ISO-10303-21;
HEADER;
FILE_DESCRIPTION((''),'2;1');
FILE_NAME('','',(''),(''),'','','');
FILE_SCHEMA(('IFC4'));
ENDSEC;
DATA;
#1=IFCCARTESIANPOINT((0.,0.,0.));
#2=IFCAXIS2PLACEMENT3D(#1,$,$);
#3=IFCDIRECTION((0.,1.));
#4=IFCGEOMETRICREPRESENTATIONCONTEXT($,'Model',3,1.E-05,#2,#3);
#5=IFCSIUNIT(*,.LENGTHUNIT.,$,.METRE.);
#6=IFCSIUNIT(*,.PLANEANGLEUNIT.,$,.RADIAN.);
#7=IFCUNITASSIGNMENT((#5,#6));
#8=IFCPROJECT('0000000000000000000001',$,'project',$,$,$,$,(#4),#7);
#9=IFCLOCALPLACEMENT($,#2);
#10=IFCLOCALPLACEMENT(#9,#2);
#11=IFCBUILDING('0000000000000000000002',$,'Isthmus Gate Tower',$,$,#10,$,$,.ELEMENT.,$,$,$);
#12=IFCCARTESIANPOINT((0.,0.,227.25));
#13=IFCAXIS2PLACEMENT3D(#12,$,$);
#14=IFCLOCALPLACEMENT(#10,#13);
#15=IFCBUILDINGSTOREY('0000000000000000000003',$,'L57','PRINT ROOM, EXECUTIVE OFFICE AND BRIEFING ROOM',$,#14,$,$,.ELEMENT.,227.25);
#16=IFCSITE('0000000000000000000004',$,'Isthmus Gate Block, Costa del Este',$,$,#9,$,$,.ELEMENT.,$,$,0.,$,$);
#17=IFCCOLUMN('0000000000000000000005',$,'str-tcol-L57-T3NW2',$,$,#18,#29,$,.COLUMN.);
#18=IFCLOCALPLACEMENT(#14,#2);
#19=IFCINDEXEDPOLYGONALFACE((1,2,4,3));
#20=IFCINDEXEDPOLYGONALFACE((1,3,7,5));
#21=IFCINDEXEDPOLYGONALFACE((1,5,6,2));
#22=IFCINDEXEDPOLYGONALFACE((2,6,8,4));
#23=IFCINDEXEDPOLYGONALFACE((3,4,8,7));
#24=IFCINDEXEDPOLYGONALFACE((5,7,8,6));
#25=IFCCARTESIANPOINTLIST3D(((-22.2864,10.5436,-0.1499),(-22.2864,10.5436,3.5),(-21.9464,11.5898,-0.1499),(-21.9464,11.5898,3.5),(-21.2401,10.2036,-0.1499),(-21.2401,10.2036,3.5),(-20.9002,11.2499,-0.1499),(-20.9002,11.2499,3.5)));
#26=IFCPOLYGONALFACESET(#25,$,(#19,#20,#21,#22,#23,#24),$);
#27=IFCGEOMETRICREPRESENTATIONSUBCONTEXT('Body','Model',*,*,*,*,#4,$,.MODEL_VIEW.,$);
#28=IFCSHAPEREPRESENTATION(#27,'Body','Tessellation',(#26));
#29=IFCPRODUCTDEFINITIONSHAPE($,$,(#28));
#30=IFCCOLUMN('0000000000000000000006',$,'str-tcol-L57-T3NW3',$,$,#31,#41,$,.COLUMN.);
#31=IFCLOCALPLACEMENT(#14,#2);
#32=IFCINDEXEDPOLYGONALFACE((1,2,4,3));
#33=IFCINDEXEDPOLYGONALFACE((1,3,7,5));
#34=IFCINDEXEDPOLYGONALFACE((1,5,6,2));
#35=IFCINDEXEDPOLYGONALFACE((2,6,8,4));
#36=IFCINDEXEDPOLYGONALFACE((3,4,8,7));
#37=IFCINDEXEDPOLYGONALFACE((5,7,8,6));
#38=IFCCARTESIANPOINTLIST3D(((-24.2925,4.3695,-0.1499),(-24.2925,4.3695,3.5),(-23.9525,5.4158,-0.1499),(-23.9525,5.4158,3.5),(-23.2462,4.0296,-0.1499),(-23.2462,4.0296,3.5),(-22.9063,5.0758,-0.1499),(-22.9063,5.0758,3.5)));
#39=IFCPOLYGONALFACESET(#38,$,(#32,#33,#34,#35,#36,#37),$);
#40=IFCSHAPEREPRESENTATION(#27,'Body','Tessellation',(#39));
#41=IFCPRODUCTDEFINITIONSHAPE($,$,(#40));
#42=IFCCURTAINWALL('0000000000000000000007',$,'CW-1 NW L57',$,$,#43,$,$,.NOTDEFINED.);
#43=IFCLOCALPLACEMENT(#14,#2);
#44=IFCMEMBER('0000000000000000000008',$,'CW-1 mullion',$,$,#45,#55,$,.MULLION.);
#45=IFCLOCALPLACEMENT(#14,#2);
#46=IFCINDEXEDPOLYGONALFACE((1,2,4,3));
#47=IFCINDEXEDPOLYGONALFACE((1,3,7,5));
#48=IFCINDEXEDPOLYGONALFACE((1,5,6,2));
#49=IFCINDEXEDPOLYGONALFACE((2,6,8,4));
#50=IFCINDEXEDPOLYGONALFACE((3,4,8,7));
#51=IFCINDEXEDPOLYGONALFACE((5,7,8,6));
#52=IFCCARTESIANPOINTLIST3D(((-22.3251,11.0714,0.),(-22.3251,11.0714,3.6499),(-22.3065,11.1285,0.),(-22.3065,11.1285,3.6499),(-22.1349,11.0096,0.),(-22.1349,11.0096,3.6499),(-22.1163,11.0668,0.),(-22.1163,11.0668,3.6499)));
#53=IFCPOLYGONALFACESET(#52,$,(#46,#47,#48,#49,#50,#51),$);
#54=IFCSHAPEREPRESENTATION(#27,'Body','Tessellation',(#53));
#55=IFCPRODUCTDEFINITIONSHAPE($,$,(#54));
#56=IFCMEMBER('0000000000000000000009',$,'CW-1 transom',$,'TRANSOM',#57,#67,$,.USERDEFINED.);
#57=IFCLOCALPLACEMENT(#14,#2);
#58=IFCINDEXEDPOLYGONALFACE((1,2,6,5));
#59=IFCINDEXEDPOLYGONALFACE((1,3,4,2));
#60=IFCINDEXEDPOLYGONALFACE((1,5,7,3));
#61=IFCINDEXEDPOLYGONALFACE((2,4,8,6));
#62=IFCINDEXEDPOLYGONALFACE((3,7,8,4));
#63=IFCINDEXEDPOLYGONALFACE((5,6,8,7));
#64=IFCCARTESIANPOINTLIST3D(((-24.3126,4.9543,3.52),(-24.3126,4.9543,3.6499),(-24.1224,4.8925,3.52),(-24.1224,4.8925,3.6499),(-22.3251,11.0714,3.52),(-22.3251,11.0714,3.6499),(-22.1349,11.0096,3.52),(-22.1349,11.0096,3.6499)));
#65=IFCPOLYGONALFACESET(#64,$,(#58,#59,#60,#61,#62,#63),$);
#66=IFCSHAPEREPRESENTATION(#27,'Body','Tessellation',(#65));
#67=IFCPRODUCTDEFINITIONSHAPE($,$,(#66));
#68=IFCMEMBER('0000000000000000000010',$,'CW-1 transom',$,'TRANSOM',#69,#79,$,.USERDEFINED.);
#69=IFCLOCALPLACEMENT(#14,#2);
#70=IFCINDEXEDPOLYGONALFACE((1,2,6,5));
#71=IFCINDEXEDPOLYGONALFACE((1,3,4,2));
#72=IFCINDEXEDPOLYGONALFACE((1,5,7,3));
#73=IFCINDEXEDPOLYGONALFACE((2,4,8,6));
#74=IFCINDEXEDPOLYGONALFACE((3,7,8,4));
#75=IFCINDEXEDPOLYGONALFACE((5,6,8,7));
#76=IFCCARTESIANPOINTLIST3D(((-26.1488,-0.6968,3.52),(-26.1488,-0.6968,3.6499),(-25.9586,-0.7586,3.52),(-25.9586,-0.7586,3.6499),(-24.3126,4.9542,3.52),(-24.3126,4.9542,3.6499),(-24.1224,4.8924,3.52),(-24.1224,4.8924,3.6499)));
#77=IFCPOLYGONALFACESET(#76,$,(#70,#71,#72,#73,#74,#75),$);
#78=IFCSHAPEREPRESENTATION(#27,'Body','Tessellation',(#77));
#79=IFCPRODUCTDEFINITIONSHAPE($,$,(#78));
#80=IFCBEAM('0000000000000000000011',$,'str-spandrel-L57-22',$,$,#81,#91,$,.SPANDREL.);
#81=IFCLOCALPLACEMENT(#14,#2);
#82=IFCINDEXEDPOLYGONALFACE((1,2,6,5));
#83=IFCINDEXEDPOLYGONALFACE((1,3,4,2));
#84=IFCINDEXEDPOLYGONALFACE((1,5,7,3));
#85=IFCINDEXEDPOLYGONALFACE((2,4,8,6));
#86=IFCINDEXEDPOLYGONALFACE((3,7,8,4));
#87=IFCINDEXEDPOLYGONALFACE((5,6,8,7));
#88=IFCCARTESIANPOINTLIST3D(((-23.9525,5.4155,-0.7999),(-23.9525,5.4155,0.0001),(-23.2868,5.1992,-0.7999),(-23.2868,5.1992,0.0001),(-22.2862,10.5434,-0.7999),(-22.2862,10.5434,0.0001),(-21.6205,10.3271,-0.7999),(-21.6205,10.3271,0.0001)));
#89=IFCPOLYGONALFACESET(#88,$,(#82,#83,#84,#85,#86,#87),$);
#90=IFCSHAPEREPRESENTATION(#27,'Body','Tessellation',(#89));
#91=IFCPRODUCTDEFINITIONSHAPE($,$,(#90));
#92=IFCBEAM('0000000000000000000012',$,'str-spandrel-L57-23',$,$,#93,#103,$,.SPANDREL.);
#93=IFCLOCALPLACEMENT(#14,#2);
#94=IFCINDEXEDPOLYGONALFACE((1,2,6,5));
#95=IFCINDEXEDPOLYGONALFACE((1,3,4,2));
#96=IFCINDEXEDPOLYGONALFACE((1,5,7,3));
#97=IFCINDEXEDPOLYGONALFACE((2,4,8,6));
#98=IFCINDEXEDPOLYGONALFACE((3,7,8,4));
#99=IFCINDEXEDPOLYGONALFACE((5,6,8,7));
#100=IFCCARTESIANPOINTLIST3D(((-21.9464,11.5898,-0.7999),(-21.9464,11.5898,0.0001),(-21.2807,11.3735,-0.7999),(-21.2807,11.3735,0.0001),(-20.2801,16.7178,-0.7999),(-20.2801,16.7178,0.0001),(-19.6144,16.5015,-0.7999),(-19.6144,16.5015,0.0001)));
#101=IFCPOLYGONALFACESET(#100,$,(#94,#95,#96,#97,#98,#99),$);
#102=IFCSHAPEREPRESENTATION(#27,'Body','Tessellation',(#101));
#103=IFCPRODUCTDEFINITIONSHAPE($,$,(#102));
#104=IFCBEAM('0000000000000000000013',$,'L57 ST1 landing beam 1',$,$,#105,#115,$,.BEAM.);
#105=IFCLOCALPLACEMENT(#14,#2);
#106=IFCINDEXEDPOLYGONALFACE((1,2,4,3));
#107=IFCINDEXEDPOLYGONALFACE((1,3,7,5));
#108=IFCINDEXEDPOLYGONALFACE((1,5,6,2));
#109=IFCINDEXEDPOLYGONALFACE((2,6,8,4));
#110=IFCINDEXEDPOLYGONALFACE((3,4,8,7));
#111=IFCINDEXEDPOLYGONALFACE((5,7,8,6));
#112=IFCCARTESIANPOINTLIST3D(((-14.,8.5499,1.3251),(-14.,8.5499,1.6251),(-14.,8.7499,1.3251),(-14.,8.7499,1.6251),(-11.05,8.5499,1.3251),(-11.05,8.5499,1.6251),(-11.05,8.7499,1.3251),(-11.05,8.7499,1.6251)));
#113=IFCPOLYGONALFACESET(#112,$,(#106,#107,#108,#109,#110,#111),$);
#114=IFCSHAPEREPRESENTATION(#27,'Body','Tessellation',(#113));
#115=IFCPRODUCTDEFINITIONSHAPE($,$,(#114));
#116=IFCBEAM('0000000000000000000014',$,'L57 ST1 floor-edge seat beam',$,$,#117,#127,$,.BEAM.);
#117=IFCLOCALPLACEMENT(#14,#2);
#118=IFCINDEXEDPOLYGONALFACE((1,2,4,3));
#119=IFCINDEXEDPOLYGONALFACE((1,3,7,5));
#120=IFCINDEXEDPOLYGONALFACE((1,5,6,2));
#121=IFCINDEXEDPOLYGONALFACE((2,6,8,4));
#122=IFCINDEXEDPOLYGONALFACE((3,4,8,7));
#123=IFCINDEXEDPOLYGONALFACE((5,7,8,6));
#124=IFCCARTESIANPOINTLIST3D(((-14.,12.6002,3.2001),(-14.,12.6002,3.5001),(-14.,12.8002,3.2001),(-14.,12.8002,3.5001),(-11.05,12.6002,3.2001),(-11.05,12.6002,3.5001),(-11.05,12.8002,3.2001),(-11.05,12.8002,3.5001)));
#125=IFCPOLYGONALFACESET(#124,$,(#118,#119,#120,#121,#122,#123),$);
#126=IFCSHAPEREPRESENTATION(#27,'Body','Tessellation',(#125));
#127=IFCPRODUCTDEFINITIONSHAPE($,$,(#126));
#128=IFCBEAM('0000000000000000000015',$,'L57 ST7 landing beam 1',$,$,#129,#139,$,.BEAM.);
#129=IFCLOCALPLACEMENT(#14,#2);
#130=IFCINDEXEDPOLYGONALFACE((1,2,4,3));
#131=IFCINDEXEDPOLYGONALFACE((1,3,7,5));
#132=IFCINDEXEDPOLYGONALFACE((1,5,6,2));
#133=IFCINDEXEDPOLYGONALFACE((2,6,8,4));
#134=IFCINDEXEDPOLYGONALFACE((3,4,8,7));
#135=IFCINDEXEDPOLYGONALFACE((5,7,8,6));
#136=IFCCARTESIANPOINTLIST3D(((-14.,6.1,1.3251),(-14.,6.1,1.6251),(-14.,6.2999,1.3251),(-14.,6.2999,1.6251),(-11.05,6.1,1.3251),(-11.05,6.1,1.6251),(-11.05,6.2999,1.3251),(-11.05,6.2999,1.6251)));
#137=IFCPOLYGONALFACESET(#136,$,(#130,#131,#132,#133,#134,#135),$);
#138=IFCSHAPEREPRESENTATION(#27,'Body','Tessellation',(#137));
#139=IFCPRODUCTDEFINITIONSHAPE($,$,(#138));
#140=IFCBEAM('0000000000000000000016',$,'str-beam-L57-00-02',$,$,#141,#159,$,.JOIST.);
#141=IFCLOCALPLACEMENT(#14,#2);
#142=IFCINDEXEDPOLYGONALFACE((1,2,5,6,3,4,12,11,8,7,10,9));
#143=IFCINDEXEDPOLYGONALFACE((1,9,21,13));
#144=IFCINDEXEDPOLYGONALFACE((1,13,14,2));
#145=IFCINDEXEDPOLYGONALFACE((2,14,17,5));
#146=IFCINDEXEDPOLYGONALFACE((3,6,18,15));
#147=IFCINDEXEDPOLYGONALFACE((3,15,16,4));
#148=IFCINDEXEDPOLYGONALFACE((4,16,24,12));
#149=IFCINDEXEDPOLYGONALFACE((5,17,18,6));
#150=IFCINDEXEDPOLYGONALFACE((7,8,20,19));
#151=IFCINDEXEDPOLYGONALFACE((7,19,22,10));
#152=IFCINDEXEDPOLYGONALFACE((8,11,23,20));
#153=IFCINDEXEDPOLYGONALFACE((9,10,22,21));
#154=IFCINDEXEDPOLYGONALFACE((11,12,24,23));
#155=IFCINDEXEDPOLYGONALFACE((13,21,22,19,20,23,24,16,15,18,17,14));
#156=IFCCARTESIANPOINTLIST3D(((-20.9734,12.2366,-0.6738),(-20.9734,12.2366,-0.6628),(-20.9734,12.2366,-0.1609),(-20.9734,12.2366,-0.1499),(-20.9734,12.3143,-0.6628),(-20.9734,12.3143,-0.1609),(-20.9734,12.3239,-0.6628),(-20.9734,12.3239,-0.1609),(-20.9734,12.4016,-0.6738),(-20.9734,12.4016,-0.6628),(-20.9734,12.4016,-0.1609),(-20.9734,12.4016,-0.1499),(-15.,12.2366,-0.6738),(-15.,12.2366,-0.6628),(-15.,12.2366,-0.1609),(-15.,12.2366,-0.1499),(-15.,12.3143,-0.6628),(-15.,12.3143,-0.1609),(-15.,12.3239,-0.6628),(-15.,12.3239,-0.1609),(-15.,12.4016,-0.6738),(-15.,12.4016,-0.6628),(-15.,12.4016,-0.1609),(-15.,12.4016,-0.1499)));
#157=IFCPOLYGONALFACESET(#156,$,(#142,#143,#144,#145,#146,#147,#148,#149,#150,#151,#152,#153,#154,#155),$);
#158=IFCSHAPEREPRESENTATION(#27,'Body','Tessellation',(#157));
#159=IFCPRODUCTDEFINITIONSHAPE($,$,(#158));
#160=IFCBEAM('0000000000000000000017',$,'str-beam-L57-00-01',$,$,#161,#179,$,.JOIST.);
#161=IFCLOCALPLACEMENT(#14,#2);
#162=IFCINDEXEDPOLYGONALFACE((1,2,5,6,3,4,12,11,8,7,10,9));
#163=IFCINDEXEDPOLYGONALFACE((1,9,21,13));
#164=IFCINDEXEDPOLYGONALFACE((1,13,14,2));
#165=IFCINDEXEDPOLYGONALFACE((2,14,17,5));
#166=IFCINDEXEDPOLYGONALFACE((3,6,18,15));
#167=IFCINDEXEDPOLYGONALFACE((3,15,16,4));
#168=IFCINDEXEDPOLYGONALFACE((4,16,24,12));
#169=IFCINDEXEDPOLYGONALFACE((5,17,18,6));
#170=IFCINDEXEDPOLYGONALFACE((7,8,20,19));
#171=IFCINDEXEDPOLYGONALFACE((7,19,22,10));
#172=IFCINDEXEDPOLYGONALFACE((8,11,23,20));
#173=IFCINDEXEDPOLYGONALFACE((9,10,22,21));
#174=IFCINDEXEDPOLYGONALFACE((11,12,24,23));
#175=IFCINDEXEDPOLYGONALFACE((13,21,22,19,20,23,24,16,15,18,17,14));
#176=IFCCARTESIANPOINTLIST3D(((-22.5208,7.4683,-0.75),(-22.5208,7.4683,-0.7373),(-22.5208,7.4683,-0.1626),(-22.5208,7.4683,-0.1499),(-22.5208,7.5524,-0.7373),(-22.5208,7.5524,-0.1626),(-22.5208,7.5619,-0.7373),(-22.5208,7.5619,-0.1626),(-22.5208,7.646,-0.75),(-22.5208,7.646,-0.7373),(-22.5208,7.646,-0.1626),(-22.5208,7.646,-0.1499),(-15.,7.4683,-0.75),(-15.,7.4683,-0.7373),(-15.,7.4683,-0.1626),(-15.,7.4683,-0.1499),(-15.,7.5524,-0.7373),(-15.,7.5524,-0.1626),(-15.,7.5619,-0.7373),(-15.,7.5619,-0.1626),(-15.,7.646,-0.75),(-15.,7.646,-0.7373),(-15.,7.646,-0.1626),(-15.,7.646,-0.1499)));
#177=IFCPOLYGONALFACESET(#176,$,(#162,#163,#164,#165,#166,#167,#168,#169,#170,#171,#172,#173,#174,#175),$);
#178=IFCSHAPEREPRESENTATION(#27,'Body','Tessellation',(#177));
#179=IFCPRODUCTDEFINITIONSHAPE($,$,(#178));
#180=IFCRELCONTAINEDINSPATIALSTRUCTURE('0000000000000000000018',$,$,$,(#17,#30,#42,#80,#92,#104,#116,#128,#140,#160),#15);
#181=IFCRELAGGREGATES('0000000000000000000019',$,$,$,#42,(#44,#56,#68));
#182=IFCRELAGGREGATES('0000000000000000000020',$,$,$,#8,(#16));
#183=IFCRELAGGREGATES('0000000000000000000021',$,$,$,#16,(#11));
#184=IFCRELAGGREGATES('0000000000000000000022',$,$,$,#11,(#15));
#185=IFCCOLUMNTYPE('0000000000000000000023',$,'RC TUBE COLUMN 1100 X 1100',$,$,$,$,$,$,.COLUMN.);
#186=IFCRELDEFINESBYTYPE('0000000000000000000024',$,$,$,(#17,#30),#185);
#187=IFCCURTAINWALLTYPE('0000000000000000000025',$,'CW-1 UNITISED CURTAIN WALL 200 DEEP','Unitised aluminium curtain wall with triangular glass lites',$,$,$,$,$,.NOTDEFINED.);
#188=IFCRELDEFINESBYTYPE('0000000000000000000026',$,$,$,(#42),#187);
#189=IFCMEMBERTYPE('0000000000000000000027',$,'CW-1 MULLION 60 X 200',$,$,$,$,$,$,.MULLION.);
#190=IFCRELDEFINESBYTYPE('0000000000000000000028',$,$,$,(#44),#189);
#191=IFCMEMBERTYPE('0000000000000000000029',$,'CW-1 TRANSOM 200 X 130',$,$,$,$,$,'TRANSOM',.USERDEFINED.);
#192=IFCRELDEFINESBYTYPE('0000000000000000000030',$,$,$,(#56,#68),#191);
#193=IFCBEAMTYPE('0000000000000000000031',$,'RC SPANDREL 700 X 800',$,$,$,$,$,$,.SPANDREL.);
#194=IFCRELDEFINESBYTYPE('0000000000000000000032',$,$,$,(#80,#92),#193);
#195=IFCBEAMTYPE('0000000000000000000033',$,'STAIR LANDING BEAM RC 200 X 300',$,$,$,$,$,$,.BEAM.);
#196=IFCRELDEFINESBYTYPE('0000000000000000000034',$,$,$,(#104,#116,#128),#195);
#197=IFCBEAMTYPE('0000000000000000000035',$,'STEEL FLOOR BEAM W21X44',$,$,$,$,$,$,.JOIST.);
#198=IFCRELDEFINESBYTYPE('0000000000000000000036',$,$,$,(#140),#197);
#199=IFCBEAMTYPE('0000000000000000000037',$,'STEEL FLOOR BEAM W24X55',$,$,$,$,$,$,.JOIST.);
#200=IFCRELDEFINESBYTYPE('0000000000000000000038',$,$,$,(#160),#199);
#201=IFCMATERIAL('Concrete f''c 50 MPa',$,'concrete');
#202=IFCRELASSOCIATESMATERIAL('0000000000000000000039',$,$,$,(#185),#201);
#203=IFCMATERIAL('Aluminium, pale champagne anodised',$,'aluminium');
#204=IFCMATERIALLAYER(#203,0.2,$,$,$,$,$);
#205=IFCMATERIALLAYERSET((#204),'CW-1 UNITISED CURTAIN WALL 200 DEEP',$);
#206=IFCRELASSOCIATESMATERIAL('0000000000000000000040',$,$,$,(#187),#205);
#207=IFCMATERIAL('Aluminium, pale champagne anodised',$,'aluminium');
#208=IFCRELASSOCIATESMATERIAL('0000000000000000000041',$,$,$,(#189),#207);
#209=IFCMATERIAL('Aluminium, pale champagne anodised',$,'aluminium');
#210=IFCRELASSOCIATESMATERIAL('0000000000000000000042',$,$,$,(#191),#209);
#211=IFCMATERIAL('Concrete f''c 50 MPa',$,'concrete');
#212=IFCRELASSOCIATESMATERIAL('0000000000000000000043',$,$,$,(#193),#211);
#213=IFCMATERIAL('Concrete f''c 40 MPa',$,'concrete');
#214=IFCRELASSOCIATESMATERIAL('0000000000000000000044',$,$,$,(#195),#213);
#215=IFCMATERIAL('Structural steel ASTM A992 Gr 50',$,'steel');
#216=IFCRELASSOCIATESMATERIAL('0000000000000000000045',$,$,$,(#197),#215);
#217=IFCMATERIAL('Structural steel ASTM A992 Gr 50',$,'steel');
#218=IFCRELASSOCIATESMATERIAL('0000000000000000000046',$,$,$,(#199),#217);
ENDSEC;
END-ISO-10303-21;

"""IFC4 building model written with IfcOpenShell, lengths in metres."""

from ifc_helpers import new_model, si_unit, direction, frame, origin, origin_2d, place, context, subcontext, project, spatial, rectangle, i_section, extrude, material, layer, layer_set, material_profile, profile_set, type_object, element, aggregate, save


model = new_model("IFC4")

# Units and contexts
model_context = context("Model", 3, precision=1e-05, world=origin(), true_north=direction((0.0, 1.0)))
body_context = subcontext(model_context, "Body", "Model", "MODEL_VIEW")
ifc_project = project(units=[si_unit("LENGTHUNIT", "METRE"), si_unit("PLANEANGLEUNIT", "RADIAN")], contexts=[model_context])

# Site, building, storey
site_placement = place(None, origin())
site = spatial("IfcSite", under=ifc_project, at=site_placement, Name="Isthmus Gate Block, Costa del Este", CompositionType="ELEMENT", RefElevation=0.0)
building_placement = place(site_placement, origin())
building = spatial("IfcBuilding", under=site, at=building_placement, Name="Isthmus Gate Tower", CompositionType="ELEMENT")
storey_placement = place(building_placement, frame((0.0, 0.0, 227.25)))
storey = spatial("IfcBuildingStorey", under=building, at=storey_placement, Name="L57", Description="PRINT ROOM, EXECUTIVE OFFICE AND BRIEFING ROOM", CompositionType="ELEMENT", Elevation=227.25)

# Columns
ifc_material_1 = material(Name="Concrete f'c 50 MPa", Category="concrete")
ifc_material_profile_1 = material_profile(ifc_material_1, rectangle(XDim=1.1001, YDim=1.1001, at=origin_2d()), Name="RC 1100X1100")
ifc_profile_set_1 = profile_set([ifc_material_profile_1], Name="Concrete f'c 50 MPa")
column_type = type_object("IfcColumnType", Name="RC TUBE COLUMN 1100 X 1100", PredefinedType="COLUMN", material=ifc_profile_set_1)
for number, where, z_axis, x_axis, name in (
    (1, (-21.5933, 10.8967, -0.1499), (0.0, 0.0, 1.0), (-0.309017, -0.951057, 0.0), "str-tcol-L57-T3NW2"),
    (2, (-23.5994, 4.7227, -0.1499), (0.0, 0.0, 1.0), (-0.309017, -0.951057, 0.0), "str-tcol-L57-T3NW3"),
):
    element("IfcColumn", number, at=place(storey_placement, frame(where, z_axis=z_axis, x_axis=x_axis)), inside=storey, type_object=column_type, Name=name, PredefinedType="COLUMN", context=body_context, shape_type="SweptSolid", body=[
        extrude(rectangle(XDim=1.1001, YDim=1.1001, at=origin_2d()), origin(), (0.0, 0.0, 1.0), 3.6499),
    ])

# Curtain wall, members
ifc_material_2 = material(Name="Aluminium, pale champagne anodised", Category="aluminium")
ifc_layer_1 = layer(ifc_material_2, 0.2)
ifc_layer_set_1 = layer_set([ifc_layer_1], Name="CW-1 UNITISED CURTAIN WALL 200 DEEP")
curtain_wall_type = type_object("IfcCurtainWallType", Name="CW-1 UNITISED CURTAIN WALL 200 DEEP", Description="Unitised aluminium curtain wall with triangular glass lites", PredefinedType="NOTDEFINED", material=ifc_layer_set_1)
curtain_wall_placement = place(storey_placement, origin())
curtain_wall = element("IfcCurtainWall", 3, at=curtain_wall_placement, inside=storey, type_object=curtain_wall_type, Name="CW-1 NW L57", PredefinedType="NOTDEFINED")
ifc_material_3 = material(Name="Aluminium, pale champagne anodised", Category="aluminium")
ifc_material_profile_2 = material_profile(ifc_material_3, rectangle(XDim=0.0601, YDim=0.2, at=origin_2d()), Name="60x200")
ifc_profile_set_2 = profile_set([ifc_material_profile_2], Name="Aluminium, pale champagne anodised")
member_type_1 = type_object("IfcMemberType", Name="CW-1 MULLION 60 X 200", PredefinedType="MULLION", material=ifc_profile_set_2)
member_1_placement = place(storey_placement, frame((-22.2207, 11.0691, 0.0), z_axis=(0.0, 0.0, 1.0), x_axis=(-0.309017, -0.951057, 0.0)))
member_1 = element("IfcMember", 4, at=member_1_placement, type_object=member_type_1, Name="CW-1 mullion", PredefinedType="MULLION", context=body_context, shape_type="SweptSolid", body=[
    extrude(rectangle(XDim=0.0601, YDim=0.2, at=origin_2d()), origin(), (0.0, 0.0, 1.0), 3.6499),
])
ifc_material_4 = material(Name="Aluminium, pale champagne anodised", Category="aluminium")
ifc_material_profile_3 = material_profile(ifc_material_4, rectangle(XDim=0.2, YDim=0.1299, at=origin_2d()), Name="200x130")
ifc_profile_set_3 = profile_set([ifc_material_profile_3], Name="Aluminium, pale champagne anodised")
member_type_2 = type_object("IfcMemberType", Name="CW-1 TRANSOM 200 X 130", ElementType="TRANSOM", PredefinedType="USERDEFINED", material=ifc_profile_set_3)
member_2_placement = place(storey_placement, frame((-22.23, 11.0405, 3.585), z_axis=(-0.309011, -0.951059, 0.0), x_axis=(0.951059, -0.309011, 0.0)))
member_2 = element("IfcMember", 5, at=member_2_placement, type_object=member_type_2, Name="CW-1 transom", ObjectType="TRANSOM", PredefinedType="USERDEFINED", context=body_context, shape_type="SweptSolid", body=[
    extrude(rectangle(XDim=0.2, YDim=0.1299, at=origin_2d()), origin(), (0.0, 0.0, 1.0), 6.4319),
])
member_3_placement = place(storey_placement, frame((-24.2175, 4.9233, 3.585), z_axis=(-0.30902, -0.951056, 0.0), x_axis=(0.951056, -0.30902, 0.0)))
member_3 = element("IfcMember", 6, at=member_3_placement, type_object=member_type_2, Name="CW-1 transom", ObjectType="TRANSOM", PredefinedType="USERDEFINED", context=body_context, shape_type="SweptSolid", body=[
    extrude(rectangle(XDim=0.2, YDim=0.1299, at=origin_2d()), origin(), (0.0, 0.0, 1.0), 5.9419),
])

# Beams
ifc_material_5 = material(Name="Concrete f'c 50 MPa", Category="concrete")
ifc_material_profile_4 = material_profile(ifc_material_5, rectangle(XDim=0.7, YDim=0.8, at=origin_2d()), Name="RC 700X800")
ifc_profile_set_4 = profile_set([ifc_material_profile_4], Name="Concrete f'c 50 MPa")
beam_type_1 = type_object("IfcBeamType", Name="RC SPANDREL 700 X 800", PredefinedType="SPANDREL", material=ifc_profile_set_4)
for number, where, z_axis, x_axis, name in (
    (7, (-23.6196, 5.3074, -0.3999), (0.309033, 0.951051, 0.0), (-0.951051, 0.309033, 0.0), "str-spandrel-L57-22"),
    (8, (-21.6135, 11.4817, -0.3999), (0.309033, 0.951051, 0.0), (-0.951051, 0.309033, 0.0), "str-spandrel-L57-23"),
):
    element("IfcBeam", number, at=place(storey_placement, frame(where, z_axis=z_axis, x_axis=x_axis)), inside=storey, type_object=beam_type_1, Name=name, PredefinedType="SPANDREL", context=body_context, shape_type="SweptSolid", body=[
        extrude(rectangle(XDim=0.7, YDim=0.8, at=origin_2d()), origin(), (0.0, 0.0, 1.0), 5.3918),
    ])
ifc_material_6 = material(Name="Concrete f'c 40 MPa", Category="concrete")
ifc_material_profile_5 = material_profile(ifc_material_6, rectangle(XDim=0.2, YDim=0.3, at=origin_2d()), Name="STAIR LANDING BEAM RC 200 X 300")
ifc_profile_set_5 = profile_set([ifc_material_profile_5], Name="Concrete f'c 40 MPa")
beam_type_2 = type_object("IfcBeamType", Name="STAIR LANDING BEAM RC 200 X 300", PredefinedType="BEAM", material=ifc_profile_set_5)
for number, where, z_axis, x_axis, name in (
    (9, (-14.0, 8.6499, 1.4751), (1.0, 0.0, 0.0), (0.0, 1.0, 0.0), "L57 ST1 landing beam 1"),
    (10, (-14.0, 12.7002, 3.3501), (1.0, 0.0, 0.0), (0.0, 1.0, 0.0), "L57 ST1 floor-edge seat beam"),
    (11, (-14.0, 6.2, 1.4751), (1.0, 0.0, 0.0), (0.0, 1.0, 0.0), "L57 ST7 landing beam 1"),
):
    element("IfcBeam", number, at=place(storey_placement, frame(where, z_axis=z_axis, x_axis=x_axis)), inside=storey, type_object=beam_type_2, Name=name, PredefinedType="BEAM", context=body_context, shape_type="SweptSolid", body=[
        extrude(rectangle(XDim=0.2, YDim=0.3, at=origin_2d()), origin(), (0.0, 0.0, 1.0), 2.95),
    ])
ifc_material_7 = material(Name="Structural steel ASTM A992 Gr 50", Category="steel")
ifc_material_profile_6 = material_profile(ifc_material_7, i_section(OverallWidth=0.165, OverallDepth=0.5239, WebThickness=0.0095, FlangeThickness=0.011, at=origin_2d()), Name="W21X44")
ifc_profile_set_6 = profile_set([ifc_material_profile_6], Name="Structural steel ASTM A992 Gr 50")
beam_type_3 = type_object("IfcBeamType", Name="STEEL FLOOR BEAM W21X44", PredefinedType="JOIST", material=ifc_profile_set_6)
beam_1_placement = place(storey_placement, frame((-20.9734, 12.3191, -0.4119), z_axis=(1.0, 0.0, 0.0), x_axis=(0.0, 1.0, 0.0)))
element("IfcBeam", 12, at=beam_1_placement, inside=storey, type_object=beam_type_3, Name="str-beam-L57-00-02", PredefinedType="JOIST", context=body_context, shape_type="SweptSolid", body=[
    extrude(i_section(OverallWidth=0.165, OverallDepth=0.5239, WebThickness=0.0095, FlangeThickness=0.011, at=origin_2d()), origin(), (0.0, 0.0, 1.0), 5.9734),
])
ifc_material_8 = material(Name="Structural steel ASTM A992 Gr 50", Category="steel")
ifc_material_profile_7 = material_profile(ifc_material_8, i_section(OverallWidth=0.1777, OverallDepth=0.6001, WebThickness=0.0095, FlangeThickness=0.0127, at=origin_2d()), Name="W24X55")
ifc_profile_set_7 = profile_set([ifc_material_profile_7], Name="Structural steel ASTM A992 Gr 50")
beam_type_4 = type_object("IfcBeamType", Name="STEEL FLOOR BEAM W24X55", PredefinedType="JOIST", material=ifc_profile_set_7)
beam_2_placement = place(storey_placement, frame((-22.5208, 7.5571, -0.45), z_axis=(1.0, 0.0, 0.0), x_axis=(0.0, 1.0, 0.0)))
element("IfcBeam", 13, at=beam_2_placement, inside=storey, type_object=beam_type_4, Name="str-beam-L57-00-01", PredefinedType="JOIST", context=body_context, shape_type="SweptSolid", body=[
    extrude(i_section(OverallWidth=0.1777, OverallDepth=0.6001, WebThickness=0.0095, FlangeThickness=0.0127, at=origin_2d()), origin(), (0.0, 0.0, 1.0), 7.5208),
])

aggregate(curtain_wall, [member_1, member_2, member_3])

save(model, "model.ifc")
